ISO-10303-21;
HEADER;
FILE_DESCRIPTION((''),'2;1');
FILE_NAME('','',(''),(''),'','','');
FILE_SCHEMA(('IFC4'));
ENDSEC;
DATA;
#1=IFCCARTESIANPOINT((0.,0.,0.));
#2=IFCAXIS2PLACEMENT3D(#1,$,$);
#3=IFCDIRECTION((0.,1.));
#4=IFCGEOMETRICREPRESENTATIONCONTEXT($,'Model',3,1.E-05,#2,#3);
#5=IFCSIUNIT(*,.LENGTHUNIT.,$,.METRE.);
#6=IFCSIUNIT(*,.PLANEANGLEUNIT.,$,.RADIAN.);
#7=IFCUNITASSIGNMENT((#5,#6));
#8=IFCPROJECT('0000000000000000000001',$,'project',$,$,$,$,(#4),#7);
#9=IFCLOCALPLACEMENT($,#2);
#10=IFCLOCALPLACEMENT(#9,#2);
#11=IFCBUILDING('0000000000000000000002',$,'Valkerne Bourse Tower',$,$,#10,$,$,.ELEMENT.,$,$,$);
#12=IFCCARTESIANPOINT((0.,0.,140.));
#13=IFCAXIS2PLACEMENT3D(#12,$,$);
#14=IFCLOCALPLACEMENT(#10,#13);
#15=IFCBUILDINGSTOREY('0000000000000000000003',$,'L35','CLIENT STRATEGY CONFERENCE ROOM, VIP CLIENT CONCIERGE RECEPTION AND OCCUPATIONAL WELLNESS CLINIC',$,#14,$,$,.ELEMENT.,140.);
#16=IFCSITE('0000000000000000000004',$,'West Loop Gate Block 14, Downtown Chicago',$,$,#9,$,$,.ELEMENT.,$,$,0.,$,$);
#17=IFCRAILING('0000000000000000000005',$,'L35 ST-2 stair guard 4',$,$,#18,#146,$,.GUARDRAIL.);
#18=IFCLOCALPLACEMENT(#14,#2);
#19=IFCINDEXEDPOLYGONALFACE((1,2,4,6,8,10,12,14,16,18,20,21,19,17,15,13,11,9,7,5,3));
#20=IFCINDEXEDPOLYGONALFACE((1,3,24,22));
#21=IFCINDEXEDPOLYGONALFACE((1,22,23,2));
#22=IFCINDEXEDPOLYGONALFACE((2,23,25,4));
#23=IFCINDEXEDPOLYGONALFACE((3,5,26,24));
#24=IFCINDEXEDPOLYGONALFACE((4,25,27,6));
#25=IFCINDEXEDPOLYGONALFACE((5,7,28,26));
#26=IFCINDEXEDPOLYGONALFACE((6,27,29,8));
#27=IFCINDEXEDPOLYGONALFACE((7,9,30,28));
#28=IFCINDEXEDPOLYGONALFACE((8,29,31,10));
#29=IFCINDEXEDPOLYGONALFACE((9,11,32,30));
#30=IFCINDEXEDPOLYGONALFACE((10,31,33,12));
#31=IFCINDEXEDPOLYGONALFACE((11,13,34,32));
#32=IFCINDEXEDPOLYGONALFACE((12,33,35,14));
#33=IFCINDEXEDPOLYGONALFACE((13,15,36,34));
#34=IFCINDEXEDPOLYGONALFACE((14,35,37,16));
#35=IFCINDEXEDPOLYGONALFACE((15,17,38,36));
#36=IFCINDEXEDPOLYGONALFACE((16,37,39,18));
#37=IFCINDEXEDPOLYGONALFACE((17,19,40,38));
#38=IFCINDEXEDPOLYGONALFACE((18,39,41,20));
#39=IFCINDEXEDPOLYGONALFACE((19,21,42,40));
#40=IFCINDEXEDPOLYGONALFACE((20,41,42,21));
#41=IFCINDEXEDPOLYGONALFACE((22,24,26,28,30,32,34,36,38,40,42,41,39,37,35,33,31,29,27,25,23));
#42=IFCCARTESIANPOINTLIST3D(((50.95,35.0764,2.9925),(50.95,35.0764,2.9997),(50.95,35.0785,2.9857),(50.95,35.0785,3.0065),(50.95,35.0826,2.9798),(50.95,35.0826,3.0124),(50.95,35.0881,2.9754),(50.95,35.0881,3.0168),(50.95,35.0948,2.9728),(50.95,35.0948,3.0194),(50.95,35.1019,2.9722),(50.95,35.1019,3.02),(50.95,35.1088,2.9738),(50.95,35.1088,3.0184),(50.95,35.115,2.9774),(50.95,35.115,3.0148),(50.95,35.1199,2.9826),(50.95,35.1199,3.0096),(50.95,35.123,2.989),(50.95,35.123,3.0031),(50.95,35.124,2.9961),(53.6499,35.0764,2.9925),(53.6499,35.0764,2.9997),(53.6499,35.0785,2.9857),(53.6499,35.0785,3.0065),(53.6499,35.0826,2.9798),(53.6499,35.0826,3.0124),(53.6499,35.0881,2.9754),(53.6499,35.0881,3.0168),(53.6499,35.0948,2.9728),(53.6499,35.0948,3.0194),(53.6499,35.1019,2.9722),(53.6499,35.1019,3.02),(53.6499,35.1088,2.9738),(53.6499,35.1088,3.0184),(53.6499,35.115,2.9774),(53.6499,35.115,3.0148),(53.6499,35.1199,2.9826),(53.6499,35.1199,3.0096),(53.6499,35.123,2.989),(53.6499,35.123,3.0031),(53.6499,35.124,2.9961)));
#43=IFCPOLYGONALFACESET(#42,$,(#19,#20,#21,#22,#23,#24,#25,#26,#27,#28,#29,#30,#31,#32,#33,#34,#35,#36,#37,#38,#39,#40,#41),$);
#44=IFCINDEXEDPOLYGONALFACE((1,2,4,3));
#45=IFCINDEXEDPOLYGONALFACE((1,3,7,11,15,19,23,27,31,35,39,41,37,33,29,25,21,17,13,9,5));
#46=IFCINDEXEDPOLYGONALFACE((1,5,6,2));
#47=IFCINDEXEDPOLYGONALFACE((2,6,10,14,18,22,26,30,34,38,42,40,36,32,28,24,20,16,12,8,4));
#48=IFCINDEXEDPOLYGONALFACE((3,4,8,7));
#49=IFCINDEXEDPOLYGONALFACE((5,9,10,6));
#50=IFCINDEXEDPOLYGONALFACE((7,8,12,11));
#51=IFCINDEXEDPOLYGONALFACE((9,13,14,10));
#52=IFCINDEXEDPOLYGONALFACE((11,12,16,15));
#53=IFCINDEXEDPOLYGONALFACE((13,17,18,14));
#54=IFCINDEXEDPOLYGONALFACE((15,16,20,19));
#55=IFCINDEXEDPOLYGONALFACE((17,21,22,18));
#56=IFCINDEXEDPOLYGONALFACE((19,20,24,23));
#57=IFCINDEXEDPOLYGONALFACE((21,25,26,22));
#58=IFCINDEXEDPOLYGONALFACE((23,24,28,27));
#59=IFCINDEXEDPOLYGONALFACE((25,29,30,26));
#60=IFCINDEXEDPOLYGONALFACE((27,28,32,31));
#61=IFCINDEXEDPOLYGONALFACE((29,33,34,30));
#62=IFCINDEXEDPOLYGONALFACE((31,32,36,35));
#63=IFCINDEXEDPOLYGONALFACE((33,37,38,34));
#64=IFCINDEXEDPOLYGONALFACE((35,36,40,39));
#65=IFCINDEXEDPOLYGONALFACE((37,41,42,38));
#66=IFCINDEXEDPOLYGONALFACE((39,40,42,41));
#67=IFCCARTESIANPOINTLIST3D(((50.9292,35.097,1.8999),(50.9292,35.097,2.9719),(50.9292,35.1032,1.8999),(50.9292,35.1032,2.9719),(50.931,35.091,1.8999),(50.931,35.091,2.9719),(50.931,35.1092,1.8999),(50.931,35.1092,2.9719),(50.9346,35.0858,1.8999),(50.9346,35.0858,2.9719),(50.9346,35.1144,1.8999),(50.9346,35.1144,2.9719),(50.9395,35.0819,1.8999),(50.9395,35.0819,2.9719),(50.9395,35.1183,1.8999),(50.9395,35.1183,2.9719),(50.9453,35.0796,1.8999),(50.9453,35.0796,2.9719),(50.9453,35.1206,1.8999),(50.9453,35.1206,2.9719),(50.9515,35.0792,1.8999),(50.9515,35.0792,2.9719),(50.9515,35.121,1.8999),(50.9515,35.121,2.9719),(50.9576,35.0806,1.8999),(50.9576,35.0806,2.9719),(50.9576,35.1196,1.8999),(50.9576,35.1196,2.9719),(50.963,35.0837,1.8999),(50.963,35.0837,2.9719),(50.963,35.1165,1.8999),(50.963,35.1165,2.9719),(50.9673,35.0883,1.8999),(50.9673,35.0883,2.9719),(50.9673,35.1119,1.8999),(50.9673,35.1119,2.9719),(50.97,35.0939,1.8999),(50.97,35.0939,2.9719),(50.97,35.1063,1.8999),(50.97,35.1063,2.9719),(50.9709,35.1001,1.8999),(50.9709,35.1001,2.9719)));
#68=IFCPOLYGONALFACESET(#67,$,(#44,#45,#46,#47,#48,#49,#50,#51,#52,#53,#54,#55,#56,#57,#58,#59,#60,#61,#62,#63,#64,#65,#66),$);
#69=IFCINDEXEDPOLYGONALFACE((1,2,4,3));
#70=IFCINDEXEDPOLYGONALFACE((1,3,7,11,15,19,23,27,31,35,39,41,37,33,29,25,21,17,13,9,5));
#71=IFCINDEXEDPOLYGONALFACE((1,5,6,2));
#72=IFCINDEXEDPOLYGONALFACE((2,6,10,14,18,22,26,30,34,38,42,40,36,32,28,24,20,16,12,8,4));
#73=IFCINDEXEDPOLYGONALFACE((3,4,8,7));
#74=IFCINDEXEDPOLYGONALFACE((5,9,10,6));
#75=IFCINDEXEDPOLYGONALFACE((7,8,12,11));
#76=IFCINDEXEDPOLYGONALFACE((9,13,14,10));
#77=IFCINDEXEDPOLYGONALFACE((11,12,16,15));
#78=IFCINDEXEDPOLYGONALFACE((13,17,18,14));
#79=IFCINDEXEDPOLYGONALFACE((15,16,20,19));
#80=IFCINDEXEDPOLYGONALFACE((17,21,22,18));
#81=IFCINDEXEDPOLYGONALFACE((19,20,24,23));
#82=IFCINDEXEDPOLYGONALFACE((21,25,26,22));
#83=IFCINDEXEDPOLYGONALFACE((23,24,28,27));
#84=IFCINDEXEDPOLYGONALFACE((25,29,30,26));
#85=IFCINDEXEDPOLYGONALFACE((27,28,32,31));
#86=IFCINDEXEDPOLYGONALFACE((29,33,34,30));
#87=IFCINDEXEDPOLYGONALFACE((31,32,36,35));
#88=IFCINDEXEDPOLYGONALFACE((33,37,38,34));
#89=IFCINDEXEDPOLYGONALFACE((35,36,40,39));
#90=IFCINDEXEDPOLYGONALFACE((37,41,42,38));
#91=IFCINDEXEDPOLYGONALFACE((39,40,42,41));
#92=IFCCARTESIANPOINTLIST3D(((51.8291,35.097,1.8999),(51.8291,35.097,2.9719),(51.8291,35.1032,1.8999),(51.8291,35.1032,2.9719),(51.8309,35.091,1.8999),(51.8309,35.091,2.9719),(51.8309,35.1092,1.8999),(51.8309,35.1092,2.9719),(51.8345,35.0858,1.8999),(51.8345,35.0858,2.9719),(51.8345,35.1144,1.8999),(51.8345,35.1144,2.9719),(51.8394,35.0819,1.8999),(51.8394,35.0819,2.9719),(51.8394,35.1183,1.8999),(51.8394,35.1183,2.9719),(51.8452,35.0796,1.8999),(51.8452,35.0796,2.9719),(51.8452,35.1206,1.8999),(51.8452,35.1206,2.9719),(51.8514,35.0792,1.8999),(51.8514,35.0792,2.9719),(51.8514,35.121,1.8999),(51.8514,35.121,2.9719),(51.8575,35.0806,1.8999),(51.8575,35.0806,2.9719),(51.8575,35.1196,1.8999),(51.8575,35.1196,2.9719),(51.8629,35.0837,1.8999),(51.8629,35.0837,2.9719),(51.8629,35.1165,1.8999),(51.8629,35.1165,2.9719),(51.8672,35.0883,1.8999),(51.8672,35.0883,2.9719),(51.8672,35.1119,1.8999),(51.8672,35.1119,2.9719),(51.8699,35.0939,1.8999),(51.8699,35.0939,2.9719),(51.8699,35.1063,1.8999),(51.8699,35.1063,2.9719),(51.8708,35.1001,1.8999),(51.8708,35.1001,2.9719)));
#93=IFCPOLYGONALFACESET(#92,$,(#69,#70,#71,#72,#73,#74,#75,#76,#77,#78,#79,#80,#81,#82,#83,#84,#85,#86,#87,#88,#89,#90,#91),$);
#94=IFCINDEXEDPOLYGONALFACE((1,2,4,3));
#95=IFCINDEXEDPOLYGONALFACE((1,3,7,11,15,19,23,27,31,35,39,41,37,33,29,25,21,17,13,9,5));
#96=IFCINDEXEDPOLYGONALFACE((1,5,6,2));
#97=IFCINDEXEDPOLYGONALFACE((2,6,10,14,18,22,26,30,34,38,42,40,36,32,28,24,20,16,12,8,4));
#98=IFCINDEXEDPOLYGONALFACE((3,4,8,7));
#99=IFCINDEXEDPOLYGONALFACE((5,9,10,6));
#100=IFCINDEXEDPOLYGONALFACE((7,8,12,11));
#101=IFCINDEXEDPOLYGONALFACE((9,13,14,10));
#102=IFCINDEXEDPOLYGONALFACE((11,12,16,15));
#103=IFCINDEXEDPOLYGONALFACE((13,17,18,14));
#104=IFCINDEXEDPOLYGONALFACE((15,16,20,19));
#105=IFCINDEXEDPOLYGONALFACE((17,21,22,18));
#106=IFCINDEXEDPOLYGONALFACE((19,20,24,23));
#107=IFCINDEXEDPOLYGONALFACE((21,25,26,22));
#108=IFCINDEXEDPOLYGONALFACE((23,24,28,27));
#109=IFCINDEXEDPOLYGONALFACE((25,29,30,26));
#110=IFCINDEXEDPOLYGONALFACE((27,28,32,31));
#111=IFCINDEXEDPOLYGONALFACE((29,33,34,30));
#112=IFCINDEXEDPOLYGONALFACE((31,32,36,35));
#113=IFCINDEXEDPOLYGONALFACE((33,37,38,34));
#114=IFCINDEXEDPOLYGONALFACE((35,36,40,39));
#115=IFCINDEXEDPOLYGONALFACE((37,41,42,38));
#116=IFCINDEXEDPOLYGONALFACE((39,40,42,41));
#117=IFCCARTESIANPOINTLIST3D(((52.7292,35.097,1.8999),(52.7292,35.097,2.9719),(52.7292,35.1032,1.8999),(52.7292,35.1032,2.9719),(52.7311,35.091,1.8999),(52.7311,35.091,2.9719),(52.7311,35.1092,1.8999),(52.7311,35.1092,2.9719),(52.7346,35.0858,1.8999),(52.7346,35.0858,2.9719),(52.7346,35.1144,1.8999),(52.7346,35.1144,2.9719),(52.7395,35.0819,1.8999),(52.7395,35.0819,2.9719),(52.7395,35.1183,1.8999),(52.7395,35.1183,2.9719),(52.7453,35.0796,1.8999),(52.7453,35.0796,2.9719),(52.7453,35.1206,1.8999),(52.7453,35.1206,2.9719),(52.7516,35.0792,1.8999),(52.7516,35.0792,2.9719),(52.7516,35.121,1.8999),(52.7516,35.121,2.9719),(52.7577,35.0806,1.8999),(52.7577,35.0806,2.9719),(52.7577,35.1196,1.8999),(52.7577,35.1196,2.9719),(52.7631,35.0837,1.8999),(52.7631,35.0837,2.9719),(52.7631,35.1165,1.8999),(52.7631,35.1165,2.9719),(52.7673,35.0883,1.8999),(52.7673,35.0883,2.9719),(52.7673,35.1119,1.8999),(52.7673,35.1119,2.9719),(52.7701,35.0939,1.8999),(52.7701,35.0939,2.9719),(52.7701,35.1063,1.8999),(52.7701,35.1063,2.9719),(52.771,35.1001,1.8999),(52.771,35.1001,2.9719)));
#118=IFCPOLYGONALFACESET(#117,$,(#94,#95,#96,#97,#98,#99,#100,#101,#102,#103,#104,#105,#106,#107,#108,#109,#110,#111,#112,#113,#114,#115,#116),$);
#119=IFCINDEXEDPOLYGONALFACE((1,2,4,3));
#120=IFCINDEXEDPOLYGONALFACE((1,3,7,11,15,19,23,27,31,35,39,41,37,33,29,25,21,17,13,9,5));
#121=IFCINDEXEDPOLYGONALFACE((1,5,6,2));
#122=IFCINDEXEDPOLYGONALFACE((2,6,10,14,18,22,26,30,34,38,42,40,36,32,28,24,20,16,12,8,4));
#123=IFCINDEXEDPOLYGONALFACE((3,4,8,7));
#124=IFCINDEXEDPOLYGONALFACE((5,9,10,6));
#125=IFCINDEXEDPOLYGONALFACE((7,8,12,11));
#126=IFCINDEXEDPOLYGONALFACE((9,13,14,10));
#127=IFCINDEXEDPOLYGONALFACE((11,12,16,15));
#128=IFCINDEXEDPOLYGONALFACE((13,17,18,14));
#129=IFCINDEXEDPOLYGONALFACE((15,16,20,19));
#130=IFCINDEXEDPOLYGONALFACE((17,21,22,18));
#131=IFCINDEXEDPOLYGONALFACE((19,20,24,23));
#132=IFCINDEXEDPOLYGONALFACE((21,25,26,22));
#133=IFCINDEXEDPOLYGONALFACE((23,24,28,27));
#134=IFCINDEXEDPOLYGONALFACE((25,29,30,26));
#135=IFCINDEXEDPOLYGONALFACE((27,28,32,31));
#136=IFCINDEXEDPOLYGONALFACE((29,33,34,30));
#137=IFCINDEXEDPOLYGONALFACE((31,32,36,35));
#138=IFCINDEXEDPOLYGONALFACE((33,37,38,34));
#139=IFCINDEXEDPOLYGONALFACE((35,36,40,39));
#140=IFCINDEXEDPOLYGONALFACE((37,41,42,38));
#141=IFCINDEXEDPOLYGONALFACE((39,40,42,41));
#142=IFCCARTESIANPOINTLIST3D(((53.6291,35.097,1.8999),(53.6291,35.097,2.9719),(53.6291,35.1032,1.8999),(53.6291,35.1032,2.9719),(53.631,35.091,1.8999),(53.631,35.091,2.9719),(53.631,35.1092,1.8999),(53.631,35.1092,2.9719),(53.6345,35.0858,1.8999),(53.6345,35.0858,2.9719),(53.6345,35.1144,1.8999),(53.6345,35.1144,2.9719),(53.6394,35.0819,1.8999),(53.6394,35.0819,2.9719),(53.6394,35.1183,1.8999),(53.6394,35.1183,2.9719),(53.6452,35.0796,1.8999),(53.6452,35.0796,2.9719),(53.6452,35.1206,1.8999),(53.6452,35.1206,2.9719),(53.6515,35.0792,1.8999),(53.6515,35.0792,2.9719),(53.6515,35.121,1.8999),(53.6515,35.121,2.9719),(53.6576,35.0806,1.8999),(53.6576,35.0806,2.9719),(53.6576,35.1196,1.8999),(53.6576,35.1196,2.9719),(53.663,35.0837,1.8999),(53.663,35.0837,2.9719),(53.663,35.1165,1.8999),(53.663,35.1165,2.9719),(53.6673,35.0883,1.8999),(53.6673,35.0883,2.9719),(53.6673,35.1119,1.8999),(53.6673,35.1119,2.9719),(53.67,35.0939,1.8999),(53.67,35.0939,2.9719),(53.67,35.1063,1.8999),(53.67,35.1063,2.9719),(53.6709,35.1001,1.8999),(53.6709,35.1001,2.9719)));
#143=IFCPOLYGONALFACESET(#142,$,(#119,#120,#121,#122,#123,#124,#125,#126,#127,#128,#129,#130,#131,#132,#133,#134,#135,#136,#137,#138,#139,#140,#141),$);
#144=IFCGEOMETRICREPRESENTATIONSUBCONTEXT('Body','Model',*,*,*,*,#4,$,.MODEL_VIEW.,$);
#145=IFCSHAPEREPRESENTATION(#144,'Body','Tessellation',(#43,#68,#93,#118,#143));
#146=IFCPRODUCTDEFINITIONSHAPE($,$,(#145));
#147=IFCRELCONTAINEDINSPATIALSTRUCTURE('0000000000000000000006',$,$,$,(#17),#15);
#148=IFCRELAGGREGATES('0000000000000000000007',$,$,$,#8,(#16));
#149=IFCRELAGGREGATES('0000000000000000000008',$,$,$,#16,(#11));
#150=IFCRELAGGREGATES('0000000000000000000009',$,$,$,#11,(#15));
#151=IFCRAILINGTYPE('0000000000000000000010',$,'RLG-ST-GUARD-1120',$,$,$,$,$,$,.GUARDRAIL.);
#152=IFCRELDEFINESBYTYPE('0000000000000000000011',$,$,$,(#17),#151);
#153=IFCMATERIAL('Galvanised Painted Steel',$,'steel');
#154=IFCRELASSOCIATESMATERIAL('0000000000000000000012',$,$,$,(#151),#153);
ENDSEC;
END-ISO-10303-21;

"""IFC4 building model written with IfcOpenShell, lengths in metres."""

from ifc_helpers import new_model, si_unit, direction, frame, origin, origin_2d, place, context, subcontext, project, spatial, circle, extrude, material, type_object, element, save


model = new_model("IFC4")

# Units and contexts
model_context = context("Model", 3, precision=1e-05, world=origin(), true_north=direction((0.0, 1.0)))
body_context = subcontext(model_context, "Body", "Model", "MODEL_VIEW")
ifc_project = project(units=[si_unit("LENGTHUNIT", "METRE"), si_unit("PLANEANGLEUNIT", "RADIAN")], contexts=[model_context])

# Site, building, storey
site_placement = place(None, origin())
site = spatial("IfcSite", under=ifc_project, at=site_placement, Name="West Loop Gate Block 14, Downtown Chicago", CompositionType="ELEMENT", RefElevation=0.0)
building_placement = place(site_placement, origin())
building = spatial("IfcBuilding", under=site, at=building_placement, Name="Valkerne Bourse Tower", CompositionType="ELEMENT")
storey_placement = place(building_placement, frame((0.0, 0.0, 140.0)))
storey = spatial("IfcBuildingStorey", under=building, at=storey_placement, Name="L35", Description="CLIENT STRATEGY CONFERENCE ROOM, VIP CLIENT CONCIERGE RECEPTION AND OCCUPATIONAL WELLNESS CLINIC", CompositionType="ELEMENT", Elevation=140.0)

# Shared definitions
ifc_material_1 = material(Name="Galvanised Painted Steel", Category="steel")

# Railing
railing_type_1 = type_object("IfcRailingType", Name="RLG-ST-GUARD-1120", PredefinedType="GUARDRAIL", material=ifc_material_1)
for number, where, name in (
    (1, (50.95, 35.1001, 1.8999), "L35 ST-2 stair guard 4"),
):
    element("IfcRailing", number, at=place(storey_placement, frame(where)), inside=storey, type_object=railing_type_1, Name=name, PredefinedType="GUARDRAIL", context=body_context, shape_type="SweptSolid", body=[
        extrude(circle(Radius=0.0239, at=origin_2d()), frame((0.0, 0.0, 1.0962), z_axis=(1.0, 0.0, 0.0), x_axis=(0.0, 1.0, 0.0)), (0.0, 0.0, 1.0), 2.7),
        extrude(circle(Radius=0.021, at=origin_2d()), origin(), (0.0, 0.0, 1.0), 1.072),
        extrude(circle(Radius=0.021, at=origin_2d()), frame((0.8999, 0.0, 0.0)), (0.0, 0.0, 1.0), 1.072),
        extrude(circle(Radius=0.021, at=origin_2d()), frame((1.8, 0.0, 0.0)), (0.0, 0.0, 1.0), 1.072),
        extrude(circle(Radius=0.021, at=origin_2d()), frame((2.7, 0.0, 0.0)), (0.0, 0.0, 1.0), 1.072),
    ])

save(model, "model.ifc")
